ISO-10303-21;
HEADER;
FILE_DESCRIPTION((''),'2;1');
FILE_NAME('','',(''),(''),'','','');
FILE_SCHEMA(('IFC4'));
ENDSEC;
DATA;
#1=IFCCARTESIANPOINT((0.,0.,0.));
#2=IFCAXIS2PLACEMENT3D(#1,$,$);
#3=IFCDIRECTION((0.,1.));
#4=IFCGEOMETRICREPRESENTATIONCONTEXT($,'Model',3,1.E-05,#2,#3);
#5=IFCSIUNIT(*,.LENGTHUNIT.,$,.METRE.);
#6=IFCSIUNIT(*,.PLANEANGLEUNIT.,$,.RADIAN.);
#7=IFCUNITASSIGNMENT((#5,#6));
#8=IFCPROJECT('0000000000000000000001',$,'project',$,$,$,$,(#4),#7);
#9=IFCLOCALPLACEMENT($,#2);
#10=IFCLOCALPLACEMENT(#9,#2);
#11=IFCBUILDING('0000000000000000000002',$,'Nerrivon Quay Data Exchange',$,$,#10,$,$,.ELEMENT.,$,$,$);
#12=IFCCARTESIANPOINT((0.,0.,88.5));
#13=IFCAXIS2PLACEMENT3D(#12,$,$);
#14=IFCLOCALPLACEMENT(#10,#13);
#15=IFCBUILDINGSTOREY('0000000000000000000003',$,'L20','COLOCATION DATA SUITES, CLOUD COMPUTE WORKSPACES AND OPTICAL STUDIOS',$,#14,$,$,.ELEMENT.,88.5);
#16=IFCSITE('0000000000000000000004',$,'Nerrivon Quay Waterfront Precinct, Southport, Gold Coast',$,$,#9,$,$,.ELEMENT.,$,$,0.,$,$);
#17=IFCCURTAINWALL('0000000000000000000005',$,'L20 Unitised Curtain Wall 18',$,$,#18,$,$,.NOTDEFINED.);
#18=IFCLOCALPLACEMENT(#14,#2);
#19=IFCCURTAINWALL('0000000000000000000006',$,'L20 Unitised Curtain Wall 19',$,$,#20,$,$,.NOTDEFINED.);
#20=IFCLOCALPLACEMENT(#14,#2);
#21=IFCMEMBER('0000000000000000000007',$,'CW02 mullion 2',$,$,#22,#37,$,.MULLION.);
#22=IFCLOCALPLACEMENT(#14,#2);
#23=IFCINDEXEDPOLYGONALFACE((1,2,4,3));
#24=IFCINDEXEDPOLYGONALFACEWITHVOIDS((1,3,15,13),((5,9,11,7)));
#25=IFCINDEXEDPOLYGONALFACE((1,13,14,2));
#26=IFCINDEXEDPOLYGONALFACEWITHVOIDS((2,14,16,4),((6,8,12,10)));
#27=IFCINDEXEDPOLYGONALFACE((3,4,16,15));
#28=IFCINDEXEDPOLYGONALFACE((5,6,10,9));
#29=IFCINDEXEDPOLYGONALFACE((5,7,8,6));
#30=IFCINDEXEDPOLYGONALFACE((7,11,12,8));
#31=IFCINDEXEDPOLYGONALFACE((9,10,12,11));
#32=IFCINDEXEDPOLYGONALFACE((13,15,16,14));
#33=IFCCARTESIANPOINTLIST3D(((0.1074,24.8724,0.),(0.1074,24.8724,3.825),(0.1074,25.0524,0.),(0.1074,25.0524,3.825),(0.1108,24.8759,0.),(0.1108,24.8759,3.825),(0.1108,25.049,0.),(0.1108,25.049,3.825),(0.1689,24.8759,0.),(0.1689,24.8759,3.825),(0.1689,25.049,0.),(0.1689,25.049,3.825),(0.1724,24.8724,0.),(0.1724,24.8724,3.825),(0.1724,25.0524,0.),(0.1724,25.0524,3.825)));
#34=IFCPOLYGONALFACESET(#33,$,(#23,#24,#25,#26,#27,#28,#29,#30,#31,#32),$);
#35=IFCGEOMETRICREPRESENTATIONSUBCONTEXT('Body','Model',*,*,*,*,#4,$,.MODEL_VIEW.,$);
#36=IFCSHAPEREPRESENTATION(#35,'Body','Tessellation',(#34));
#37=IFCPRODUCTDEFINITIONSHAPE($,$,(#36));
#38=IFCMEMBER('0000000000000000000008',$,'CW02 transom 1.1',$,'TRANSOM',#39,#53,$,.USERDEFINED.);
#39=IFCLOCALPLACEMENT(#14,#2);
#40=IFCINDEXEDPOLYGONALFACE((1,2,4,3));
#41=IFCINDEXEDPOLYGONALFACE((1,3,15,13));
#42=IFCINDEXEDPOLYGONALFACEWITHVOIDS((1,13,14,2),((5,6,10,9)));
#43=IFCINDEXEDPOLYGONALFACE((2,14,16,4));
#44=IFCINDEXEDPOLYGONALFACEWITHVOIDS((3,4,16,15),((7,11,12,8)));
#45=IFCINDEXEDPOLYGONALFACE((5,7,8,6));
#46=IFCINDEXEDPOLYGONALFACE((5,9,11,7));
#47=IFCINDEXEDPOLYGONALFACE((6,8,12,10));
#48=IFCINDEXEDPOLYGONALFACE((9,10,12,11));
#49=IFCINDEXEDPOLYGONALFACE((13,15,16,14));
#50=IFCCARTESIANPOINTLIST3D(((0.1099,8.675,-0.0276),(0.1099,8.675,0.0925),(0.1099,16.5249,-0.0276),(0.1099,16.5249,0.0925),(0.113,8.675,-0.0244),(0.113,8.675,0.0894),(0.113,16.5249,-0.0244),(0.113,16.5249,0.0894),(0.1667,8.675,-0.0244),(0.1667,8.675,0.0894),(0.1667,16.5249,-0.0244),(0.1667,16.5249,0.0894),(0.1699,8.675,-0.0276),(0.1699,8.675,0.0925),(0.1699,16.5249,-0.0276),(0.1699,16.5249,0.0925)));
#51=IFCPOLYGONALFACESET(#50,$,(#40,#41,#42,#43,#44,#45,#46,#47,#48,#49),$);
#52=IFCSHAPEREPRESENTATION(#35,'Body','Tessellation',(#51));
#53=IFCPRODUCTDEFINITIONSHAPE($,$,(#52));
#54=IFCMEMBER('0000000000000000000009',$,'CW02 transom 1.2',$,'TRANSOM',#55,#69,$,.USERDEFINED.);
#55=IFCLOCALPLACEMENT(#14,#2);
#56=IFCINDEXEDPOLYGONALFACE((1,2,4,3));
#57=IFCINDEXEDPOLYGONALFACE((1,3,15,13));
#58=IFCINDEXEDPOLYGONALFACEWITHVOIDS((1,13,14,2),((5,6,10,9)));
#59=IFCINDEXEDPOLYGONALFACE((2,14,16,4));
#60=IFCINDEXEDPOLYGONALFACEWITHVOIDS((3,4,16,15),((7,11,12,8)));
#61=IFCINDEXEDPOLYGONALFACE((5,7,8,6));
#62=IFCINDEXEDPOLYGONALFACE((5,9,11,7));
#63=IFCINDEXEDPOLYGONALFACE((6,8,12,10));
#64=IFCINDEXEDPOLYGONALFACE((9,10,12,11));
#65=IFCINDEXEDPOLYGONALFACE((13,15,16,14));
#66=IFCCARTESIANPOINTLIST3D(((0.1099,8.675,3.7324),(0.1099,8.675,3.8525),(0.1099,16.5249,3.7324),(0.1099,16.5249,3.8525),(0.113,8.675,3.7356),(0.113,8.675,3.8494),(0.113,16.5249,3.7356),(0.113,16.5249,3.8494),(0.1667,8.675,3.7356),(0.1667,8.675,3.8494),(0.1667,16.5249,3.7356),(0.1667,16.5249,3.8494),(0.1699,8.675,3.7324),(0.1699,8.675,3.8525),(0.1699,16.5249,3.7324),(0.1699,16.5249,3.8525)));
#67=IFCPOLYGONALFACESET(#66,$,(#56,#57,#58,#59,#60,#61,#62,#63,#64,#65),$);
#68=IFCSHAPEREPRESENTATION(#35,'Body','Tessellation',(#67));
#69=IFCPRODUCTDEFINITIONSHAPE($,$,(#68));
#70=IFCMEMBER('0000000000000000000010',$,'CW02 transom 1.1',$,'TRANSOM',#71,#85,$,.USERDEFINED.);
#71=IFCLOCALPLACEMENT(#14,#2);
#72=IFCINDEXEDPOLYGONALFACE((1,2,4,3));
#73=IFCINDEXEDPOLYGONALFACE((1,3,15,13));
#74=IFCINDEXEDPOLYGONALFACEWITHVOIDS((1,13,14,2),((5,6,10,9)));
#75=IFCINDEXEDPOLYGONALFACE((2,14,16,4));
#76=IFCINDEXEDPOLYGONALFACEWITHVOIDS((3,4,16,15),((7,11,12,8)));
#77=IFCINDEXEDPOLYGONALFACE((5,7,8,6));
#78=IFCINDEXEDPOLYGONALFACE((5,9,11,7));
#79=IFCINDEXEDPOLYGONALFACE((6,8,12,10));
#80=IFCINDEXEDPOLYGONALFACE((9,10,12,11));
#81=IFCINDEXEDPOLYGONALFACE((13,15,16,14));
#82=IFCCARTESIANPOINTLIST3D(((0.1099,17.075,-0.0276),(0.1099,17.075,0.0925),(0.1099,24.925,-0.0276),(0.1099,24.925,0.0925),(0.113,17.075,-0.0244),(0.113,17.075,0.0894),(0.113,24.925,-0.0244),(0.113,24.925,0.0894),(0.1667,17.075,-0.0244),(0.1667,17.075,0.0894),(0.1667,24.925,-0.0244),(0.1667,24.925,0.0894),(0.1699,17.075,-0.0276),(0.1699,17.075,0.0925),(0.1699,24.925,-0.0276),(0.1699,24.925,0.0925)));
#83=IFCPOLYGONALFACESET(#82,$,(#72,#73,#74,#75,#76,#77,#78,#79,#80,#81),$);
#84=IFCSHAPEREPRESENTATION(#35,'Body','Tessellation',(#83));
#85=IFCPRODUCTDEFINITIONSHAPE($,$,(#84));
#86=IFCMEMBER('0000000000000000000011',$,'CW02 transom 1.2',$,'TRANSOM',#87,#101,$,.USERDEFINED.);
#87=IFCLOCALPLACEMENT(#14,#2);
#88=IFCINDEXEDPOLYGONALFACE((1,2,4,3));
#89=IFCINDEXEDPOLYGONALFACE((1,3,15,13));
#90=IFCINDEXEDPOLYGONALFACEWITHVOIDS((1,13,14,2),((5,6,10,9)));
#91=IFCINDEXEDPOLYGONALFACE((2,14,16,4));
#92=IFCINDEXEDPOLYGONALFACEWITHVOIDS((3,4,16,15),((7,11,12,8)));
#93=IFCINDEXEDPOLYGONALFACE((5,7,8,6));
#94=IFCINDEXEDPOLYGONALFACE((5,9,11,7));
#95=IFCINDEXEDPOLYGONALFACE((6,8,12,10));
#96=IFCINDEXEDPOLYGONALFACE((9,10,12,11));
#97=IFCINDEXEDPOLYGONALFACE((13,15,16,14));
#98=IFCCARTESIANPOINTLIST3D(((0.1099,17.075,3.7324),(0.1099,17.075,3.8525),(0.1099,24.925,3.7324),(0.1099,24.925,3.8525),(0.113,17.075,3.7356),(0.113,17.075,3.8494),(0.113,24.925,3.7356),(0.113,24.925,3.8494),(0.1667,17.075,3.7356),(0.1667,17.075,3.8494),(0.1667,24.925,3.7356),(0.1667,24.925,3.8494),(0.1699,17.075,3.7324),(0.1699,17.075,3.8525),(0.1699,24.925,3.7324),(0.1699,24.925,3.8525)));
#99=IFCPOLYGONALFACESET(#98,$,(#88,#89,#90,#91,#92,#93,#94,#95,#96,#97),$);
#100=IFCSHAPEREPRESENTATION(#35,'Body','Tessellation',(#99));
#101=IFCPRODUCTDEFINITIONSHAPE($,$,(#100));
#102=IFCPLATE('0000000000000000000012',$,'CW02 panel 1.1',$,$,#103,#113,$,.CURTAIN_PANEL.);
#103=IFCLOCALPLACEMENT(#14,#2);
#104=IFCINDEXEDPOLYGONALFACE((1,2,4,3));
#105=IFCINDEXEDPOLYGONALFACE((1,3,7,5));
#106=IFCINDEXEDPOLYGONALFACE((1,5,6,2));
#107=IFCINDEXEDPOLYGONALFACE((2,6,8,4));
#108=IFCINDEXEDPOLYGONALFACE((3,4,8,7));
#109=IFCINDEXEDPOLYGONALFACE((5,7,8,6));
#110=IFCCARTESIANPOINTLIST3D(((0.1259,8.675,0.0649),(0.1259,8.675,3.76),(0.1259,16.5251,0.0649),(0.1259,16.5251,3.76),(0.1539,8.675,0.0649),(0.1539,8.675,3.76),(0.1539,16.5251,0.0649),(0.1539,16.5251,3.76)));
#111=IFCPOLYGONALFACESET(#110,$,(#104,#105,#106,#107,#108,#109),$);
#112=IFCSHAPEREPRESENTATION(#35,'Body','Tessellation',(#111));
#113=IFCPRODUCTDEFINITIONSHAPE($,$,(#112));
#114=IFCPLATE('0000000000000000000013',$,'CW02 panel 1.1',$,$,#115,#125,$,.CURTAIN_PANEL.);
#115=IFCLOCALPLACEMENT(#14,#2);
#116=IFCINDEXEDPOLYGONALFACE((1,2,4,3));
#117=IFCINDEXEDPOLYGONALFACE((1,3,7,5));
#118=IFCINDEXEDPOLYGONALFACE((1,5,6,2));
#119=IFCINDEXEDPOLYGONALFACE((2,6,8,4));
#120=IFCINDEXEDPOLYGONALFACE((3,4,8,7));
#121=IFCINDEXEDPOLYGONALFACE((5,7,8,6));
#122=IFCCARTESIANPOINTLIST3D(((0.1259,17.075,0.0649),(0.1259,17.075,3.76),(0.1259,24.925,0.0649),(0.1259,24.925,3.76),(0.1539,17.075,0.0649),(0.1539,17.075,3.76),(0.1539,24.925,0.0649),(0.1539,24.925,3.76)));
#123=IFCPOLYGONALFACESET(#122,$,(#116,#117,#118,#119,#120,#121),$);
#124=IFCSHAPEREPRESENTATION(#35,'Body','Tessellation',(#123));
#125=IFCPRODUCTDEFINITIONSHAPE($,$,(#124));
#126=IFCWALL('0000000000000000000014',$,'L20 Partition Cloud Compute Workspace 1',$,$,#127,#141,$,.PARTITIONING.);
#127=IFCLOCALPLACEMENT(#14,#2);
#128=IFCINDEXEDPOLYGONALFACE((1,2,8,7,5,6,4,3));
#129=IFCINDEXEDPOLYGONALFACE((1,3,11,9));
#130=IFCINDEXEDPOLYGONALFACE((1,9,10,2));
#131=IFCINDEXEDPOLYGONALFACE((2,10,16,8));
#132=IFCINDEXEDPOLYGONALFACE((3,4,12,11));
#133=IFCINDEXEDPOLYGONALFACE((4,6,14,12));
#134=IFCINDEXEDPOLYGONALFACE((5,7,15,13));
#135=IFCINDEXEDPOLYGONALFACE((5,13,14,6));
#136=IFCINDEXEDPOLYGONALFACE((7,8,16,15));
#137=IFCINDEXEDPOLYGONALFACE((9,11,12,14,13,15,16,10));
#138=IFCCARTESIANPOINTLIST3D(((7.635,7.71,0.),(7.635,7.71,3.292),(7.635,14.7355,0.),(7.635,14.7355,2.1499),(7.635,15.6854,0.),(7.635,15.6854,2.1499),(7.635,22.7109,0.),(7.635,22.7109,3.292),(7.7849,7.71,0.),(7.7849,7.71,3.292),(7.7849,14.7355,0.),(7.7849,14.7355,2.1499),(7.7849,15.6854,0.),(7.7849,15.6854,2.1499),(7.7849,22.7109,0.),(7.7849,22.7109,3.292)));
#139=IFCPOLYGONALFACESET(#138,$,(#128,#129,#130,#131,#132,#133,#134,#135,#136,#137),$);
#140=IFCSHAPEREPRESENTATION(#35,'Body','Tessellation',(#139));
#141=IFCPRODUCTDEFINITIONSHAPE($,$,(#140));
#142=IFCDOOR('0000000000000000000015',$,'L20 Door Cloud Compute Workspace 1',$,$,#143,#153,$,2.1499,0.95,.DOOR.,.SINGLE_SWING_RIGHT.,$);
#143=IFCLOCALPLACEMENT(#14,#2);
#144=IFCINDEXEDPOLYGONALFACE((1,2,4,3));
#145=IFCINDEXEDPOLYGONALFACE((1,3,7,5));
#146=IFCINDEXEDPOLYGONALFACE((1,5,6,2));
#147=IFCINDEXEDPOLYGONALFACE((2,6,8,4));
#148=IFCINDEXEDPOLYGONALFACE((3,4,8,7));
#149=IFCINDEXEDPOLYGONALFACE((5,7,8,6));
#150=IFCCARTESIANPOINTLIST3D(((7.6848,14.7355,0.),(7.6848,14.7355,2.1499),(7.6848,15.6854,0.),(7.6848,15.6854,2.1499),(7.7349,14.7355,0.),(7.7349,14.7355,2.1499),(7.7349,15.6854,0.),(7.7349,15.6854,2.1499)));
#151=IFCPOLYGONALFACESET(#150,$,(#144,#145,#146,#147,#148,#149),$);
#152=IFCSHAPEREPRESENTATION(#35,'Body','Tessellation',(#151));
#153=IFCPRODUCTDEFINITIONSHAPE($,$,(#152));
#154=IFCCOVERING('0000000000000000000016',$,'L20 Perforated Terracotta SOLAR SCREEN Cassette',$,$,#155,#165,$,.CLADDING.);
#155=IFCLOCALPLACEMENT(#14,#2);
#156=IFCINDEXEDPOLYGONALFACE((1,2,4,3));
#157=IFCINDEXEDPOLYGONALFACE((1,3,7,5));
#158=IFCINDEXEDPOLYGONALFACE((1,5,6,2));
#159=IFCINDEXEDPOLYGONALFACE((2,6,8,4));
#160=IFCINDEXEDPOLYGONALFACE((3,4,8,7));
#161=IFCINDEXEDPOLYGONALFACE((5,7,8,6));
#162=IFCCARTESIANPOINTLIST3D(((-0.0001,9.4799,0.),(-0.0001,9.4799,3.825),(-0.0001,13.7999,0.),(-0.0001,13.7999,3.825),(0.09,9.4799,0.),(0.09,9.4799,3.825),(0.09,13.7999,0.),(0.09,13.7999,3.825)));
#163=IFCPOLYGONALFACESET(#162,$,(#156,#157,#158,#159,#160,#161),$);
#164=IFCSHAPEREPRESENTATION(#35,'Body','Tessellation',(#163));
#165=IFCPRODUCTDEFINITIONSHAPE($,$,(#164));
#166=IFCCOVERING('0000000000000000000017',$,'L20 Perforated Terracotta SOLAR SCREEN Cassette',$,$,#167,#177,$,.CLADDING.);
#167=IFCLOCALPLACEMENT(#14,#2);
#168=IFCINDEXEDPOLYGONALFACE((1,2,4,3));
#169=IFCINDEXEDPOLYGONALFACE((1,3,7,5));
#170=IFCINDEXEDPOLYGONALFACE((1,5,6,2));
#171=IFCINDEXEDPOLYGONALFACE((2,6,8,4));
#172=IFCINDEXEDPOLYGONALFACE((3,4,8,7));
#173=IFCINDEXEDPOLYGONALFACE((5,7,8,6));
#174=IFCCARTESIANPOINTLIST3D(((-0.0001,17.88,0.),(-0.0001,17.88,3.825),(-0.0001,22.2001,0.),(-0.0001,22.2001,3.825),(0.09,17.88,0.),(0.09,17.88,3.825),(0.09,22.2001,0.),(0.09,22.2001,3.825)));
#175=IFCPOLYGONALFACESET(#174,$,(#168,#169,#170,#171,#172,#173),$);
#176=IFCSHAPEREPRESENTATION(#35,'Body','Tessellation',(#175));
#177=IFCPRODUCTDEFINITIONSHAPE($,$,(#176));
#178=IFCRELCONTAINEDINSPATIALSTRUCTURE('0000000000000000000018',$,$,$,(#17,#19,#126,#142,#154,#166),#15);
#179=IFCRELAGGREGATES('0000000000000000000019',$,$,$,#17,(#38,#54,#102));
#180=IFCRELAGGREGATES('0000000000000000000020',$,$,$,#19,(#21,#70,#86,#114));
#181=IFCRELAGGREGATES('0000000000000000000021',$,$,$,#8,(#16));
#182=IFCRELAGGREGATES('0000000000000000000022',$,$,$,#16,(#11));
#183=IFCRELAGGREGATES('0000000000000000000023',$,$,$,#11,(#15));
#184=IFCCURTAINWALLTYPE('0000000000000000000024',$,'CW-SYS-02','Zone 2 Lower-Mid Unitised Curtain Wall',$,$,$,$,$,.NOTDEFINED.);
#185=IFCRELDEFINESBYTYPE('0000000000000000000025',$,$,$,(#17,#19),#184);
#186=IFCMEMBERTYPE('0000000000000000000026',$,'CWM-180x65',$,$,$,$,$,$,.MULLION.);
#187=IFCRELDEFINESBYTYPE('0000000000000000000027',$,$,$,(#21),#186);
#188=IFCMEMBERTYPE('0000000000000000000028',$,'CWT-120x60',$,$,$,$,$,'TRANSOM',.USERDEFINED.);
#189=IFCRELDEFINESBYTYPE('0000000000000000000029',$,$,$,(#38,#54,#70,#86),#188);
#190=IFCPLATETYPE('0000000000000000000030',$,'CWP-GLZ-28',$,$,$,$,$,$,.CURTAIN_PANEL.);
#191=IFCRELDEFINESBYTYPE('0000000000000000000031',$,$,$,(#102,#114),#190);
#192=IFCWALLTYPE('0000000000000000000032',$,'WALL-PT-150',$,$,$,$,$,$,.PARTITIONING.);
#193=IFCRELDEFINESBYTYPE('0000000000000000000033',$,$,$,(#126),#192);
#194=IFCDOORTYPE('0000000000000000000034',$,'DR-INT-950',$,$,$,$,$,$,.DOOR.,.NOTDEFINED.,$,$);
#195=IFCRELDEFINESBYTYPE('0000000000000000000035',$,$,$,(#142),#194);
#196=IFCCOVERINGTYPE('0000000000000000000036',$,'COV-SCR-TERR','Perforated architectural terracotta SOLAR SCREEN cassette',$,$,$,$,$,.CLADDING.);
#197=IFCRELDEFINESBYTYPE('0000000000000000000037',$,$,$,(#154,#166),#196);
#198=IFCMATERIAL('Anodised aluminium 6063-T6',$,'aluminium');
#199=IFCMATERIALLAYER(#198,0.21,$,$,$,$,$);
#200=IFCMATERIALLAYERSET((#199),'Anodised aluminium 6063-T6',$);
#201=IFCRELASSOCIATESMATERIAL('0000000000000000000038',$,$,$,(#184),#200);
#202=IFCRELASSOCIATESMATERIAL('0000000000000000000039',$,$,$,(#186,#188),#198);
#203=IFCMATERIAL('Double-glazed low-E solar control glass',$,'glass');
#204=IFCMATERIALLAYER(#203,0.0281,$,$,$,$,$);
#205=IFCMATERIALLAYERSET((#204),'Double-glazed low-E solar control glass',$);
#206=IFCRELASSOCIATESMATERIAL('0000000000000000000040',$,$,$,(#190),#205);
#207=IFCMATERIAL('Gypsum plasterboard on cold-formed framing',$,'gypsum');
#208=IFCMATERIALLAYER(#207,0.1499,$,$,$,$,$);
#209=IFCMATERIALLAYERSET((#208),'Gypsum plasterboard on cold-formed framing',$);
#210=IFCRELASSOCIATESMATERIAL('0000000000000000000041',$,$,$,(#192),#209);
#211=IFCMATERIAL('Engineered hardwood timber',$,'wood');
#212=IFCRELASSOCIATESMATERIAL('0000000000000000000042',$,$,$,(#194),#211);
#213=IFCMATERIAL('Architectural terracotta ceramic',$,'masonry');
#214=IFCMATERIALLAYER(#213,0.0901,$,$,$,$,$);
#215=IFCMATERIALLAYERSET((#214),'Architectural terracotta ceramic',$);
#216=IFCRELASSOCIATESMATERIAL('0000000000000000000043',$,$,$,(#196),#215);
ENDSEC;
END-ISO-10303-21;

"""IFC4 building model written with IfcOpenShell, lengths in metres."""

from ifc_helpers import new_model, si_unit, direction, frame, frame_2d, origin, origin_2d, place, context, subcontext, project, spatial, rectangle, hollow_rectangle, extrude, material, layer, layer_set, material_profile, profile_set, type_object, element, fill, aggregate, save


model = new_model("IFC4")

# Units and contexts
model_context = context("Model", 3, precision=1e-05, world=origin(), true_north=direction((0.0, 1.0)))
body_context = subcontext(model_context, "Body", "Model", "MODEL_VIEW")
ifc_project = project(units=[si_unit("LENGTHUNIT", "METRE"), si_unit("PLANEANGLEUNIT", "RADIAN")], contexts=[model_context])

# Site, building, storey
site_placement = place(None, origin())
site = spatial("IfcSite", under=ifc_project, at=site_placement, Name="Nerrivon Quay Waterfront Precinct, Southport, Gold Coast", CompositionType="ELEMENT", RefElevation=0.0)
building_placement = place(site_placement, origin())
building = spatial("IfcBuilding", under=site, at=building_placement, Name="Nerrivon Quay Data Exchange", CompositionType="ELEMENT")
storey_placement = place(building_placement, frame((0.0, 0.0, 88.5)))
storey = spatial("IfcBuildingStorey", under=building, at=storey_placement, Name="L20", Description="COLOCATION DATA SUITES, CLOUD COMPUTE WORKSPACES AND OPTICAL STUDIOS", CompositionType="ELEMENT", Elevation=88.5)

# Curtain walls, member
ifc_material_1 = material(Name="Anodised aluminium 6063-T6", Category="aluminium")
ifc_layer_1 = layer(ifc_material_1, 0.21)
ifc_layer_set_1 = layer_set([ifc_layer_1], Name="Anodised aluminium 6063-T6")
curtain_wall_type = type_object("IfcCurtainWallType", Name="CW-SYS-02", Description="Zone 2 Lower-Mid Unitised Curtain Wall", PredefinedType="NOTDEFINED", material=ifc_layer_set_1)
curtain_wall_1_placement = place(storey_placement, origin())
curtain_wall_1 = element("IfcCurtainWall", 1, at=curtain_wall_1_placement, inside=storey, type_object=curtain_wall_type, Name="L20 Unitised Curtain Wall 18", PredefinedType="NOTDEFINED")
ifc_material_profile_1 = material_profile(ifc_material_1, hollow_rectangle(XDim=0.0649, YDim=0.1799, WallThickness=0.0034, at=origin_2d()), Name="ALU-MULL-180x65")
ifc_profile_set_1 = profile_set([ifc_material_profile_1], Name="Anodised aluminium 6063-T6")
member_type_1 = type_object("IfcMemberType", Name="CWM-180x65", PredefinedType="MULLION", material=ifc_profile_set_1)
curtain_wall_2_placement = place(storey_placement, origin())
curtain_wall_2 = element("IfcCurtainWall", 2, at=curtain_wall_2_placement, inside=storey, type_object=curtain_wall_type, Name="L20 Unitised Curtain Wall 19", PredefinedType="NOTDEFINED")
member_1_placement = place(storey_placement, frame((0.1399, 24.9624, 0.0), z_axis=(0.0, 0.0, 1.0), x_axis=(-1.0, 0.0, 0.0)))
member_1 = element("IfcMember", 3, at=member_1_placement, type_object=member_type_1, Name="CW02 mullion 2", PredefinedType="MULLION", context=body_context, shape_type="SweptSolid", body=[
    extrude(hollow_rectangle(XDim=0.0649, YDim=0.1799, WallThickness=0.0034, at=origin_2d()), origin(), (0.0, 0.0, 1.0), 3.825),
])

# Members
ifc_material_profile_2 = material_profile(ifc_material_1, hollow_rectangle(XDim=0.0601, YDim=0.1201, WallThickness=0.0032, at=origin_2d()), Name="ALU-TRAN-120x60")
ifc_profile_set_2 = profile_set([ifc_material_profile_2], Name="Anodised aluminium 6063-T6")
member_type_2 = type_object("IfcMemberType", Name="CWT-120x60", ElementType="TRANSOM", PredefinedType="USERDEFINED", material=ifc_profile_set_2)
member_2_placement = place(storey_placement, frame((0.1399, 8.675, 0.0325), z_axis=(0.0, 1.0, 0.0), x_axis=(-1.0, 0.0, 0.0)))
member_2 = element("IfcMember", 4, at=member_2_placement, type_object=member_type_2, Name="CW02 transom 1.1", ObjectType="TRANSOM", PredefinedType="USERDEFINED", context=body_context, shape_type="SweptSolid", body=[
    extrude(hollow_rectangle(XDim=0.0601, YDim=0.1201, WallThickness=0.0032, at=origin_2d()), origin(), (0.0, 0.0, 1.0), 7.8499),
])
member_3_placement = place(storey_placement, frame((0.1399, 8.675, 3.7925), z_axis=(0.0, 1.0, 0.0), x_axis=(-1.0, 0.0, 0.0)))
member_3 = element("IfcMember", 5, at=member_3_placement, type_object=member_type_2, Name="CW02 transom 1.2", ObjectType="TRANSOM", PredefinedType="USERDEFINED", context=body_context, shape_type="SweptSolid", body=[
    extrude(hollow_rectangle(XDim=0.0601, YDim=0.1201, WallThickness=0.0032, at=origin_2d()), origin(), (0.0, 0.0, 1.0), 7.8499),
])
member_4_placement = place(storey_placement, frame((0.1399, 17.075, 0.0325), z_axis=(0.0, 1.0, 0.0), x_axis=(-1.0, 0.0, 0.0)))
member_4 = element("IfcMember", 6, at=member_4_placement, type_object=member_type_2, Name="CW02 transom 1.1", ObjectType="TRANSOM", PredefinedType="USERDEFINED", context=body_context, shape_type="SweptSolid", body=[
    extrude(hollow_rectangle(XDim=0.0601, YDim=0.1201, WallThickness=0.0032, at=origin_2d()), origin(), (0.0, 0.0, 1.0), 7.8501),
])
member_5_placement = place(storey_placement, frame((0.1399, 17.075, 3.7925), z_axis=(0.0, 1.0, 0.0), x_axis=(-1.0, 0.0, 0.0)))
member_5 = element("IfcMember", 7, at=member_5_placement, type_object=member_type_2, Name="CW02 transom 1.2", ObjectType="TRANSOM", PredefinedType="USERDEFINED", context=body_context, shape_type="SweptSolid", body=[
    extrude(hollow_rectangle(XDim=0.0601, YDim=0.1201, WallThickness=0.0032, at=origin_2d()), origin(), (0.0, 0.0, 1.0), 7.8501),
])

# Plates
ifc_material_2 = material(Name="Double-glazed low-E solar control glass", Category="glass")
ifc_layer_2 = layer(ifc_material_2, 0.0281)
ifc_layer_set_2 = layer_set([ifc_layer_2], Name="Double-glazed low-E solar control glass")
plate_type = type_object("IfcPlateType", Name="CWP-GLZ-28", PredefinedType="CURTAIN_PANEL", material=ifc_layer_set_2)
plate_1_placement = place(storey_placement, frame((0.1399, 12.6001, 0.0649), z_axis=(0.0, 0.0, 1.0), x_axis=(0.0, 1.0, 0.0)))
plate_1 = element("IfcPlate", 8, at=plate_1_placement, type_object=plate_type, Name="CW02 panel 1.1", PredefinedType="CURTAIN_PANEL", context=body_context, shape_type="SweptSolid", body=[
    extrude(rectangle(XDim=7.8501, YDim=0.0281, at=origin_2d()), origin(), (0.0, 0.0, 1.0), 3.6951),
])
aggregate(curtain_wall_1, [member_2, member_3, plate_1])
plate_2_placement = place(storey_placement, frame((0.1399, 21.0, 0.0649), z_axis=(0.0, 0.0, 1.0), x_axis=(0.0, 1.0, 0.0)))
plate_2 = element("IfcPlate", 9, at=plate_2_placement, type_object=plate_type, Name="CW02 panel 1.1", PredefinedType="CURTAIN_PANEL", context=body_context, shape_type="SweptSolid", body=[
    extrude(rectangle(XDim=7.8501, YDim=0.0281, at=origin_2d()), origin(), (0.0, 0.0, 1.0), 3.6951),
])
aggregate(curtain_wall_2, [member_1, member_4, member_5, plate_2])

# Wall, opening, door
ifc_material_3 = material(Name="Gypsum plasterboard on cold-formed framing", Category="gypsum")
ifc_layer_3 = layer(ifc_material_3, 0.1499)
ifc_layer_set_3 = layer_set([ifc_layer_3], Name="Gypsum plasterboard on cold-formed framing")
wall_type = type_object("IfcWallType", Name="WALL-PT-150", PredefinedType="PARTITIONING", material=ifc_layer_set_3)
wall_placement = place(storey_placement, frame((7.71, 22.7109, 0.0), z_axis=(0.0, 0.0, 1.0), x_axis=(0.0, -1.0, 0.0)))
wall = element("IfcWall", 10, at=wall_placement, inside=storey, type_object=wall_type, Name="L20 Partition Cloud Compute Workspace 1", PredefinedType="PARTITIONING", context=body_context, shape_type="SweptSolid", body=[
    extrude(rectangle(XDim=15.001, YDim=0.1499, at=frame_2d((7.5005, 0.0))), origin(), (0.0, 0.0, 1.0), 3.292),
])
opening_placement = place(wall_placement, frame((7.0254, 0.0, 0.0)))
opening = element("IfcOpeningElement", 11, at=opening_placement, cuts=wall, PredefinedType="OPENING", context=body_context, shape_type="SweptSolid", body=[
    extrude(rectangle(XDim=0.95, YDim=2.1499, at=frame_2d((0.4751, 1.075))), frame((0.0, 0.085, 0.0), z_axis=(0.0, -1.0, 0.0), x_axis=(1.0, 0.0, 0.0)), (0.0, 0.0, 1.0), 0.1699),
])
ifc_material_4 = material(Name="Engineered hardwood timber", Category="wood")
door_type = type_object("IfcDoorType", Name="DR-INT-950", OperationType="NOTDEFINED", PredefinedType="DOOR", material=ifc_material_4)
door_placement = place(opening_placement, origin())
door = element("IfcDoor", 12, at=door_placement, inside=storey, type_object=door_type, Name="L20 Door Cloud Compute Workspace 1", OperationType="SINGLE_SWING_RIGHT", OverallHeight=2.1499, OverallWidth=0.95, PredefinedType="DOOR", context=body_context, shape_type="SweptSolid", body=[
    extrude(rectangle(XDim=0.95, YDim=2.1499, at=frame_2d((0.4751, 1.075))), frame((0.0, 0.0249, 0.0), z_axis=(0.0, -1.0, 0.0), x_axis=(1.0, 0.0, 0.0)), (0.0, 0.0, 1.0), 0.05),
])
fill(opening, door)

# Coverings
ifc_material_5 = material(Name="Architectural terracotta ceramic", Category="masonry")
ifc_layer_4 = layer(ifc_material_5, 0.0901)
ifc_layer_set_4 = layer_set([ifc_layer_4], Name="Architectural terracotta ceramic")
covering_type = type_object("IfcCoveringType", Name="COV-SCR-TERR", Description="Perforated architectural terracotta SOLAR SCREEN cassette", PredefinedType="CLADDING", material=ifc_layer_set_4)
for number, where, z_axis, x_axis, name in (
    (13, (0.0449, 11.6399, 0.0), (0.0, 0.0, 1.0), (0.0, 1.0, 0.0), "L20 Perforated Terracotta SOLAR SCREEN Cassette"),
    (14, (0.0449, 20.04, 0.0), (0.0, 0.0, 1.0), (0.0, 1.0, 0.0), "L20 Perforated Terracotta SOLAR SCREEN Cassette"),
):
    element("IfcCovering", number, at=place(storey_placement, frame(where, z_axis=z_axis, x_axis=x_axis)), inside=storey, type_object=covering_type, Name=name, PredefinedType="CLADDING", context=body_context, shape_type="SweptSolid", body=[
        extrude(rectangle(XDim=4.3201, YDim=0.0901, at=origin_2d()), origin(), (0.0, 0.0, 1.0), 3.825),
    ])

save(model, "model.ifc")
